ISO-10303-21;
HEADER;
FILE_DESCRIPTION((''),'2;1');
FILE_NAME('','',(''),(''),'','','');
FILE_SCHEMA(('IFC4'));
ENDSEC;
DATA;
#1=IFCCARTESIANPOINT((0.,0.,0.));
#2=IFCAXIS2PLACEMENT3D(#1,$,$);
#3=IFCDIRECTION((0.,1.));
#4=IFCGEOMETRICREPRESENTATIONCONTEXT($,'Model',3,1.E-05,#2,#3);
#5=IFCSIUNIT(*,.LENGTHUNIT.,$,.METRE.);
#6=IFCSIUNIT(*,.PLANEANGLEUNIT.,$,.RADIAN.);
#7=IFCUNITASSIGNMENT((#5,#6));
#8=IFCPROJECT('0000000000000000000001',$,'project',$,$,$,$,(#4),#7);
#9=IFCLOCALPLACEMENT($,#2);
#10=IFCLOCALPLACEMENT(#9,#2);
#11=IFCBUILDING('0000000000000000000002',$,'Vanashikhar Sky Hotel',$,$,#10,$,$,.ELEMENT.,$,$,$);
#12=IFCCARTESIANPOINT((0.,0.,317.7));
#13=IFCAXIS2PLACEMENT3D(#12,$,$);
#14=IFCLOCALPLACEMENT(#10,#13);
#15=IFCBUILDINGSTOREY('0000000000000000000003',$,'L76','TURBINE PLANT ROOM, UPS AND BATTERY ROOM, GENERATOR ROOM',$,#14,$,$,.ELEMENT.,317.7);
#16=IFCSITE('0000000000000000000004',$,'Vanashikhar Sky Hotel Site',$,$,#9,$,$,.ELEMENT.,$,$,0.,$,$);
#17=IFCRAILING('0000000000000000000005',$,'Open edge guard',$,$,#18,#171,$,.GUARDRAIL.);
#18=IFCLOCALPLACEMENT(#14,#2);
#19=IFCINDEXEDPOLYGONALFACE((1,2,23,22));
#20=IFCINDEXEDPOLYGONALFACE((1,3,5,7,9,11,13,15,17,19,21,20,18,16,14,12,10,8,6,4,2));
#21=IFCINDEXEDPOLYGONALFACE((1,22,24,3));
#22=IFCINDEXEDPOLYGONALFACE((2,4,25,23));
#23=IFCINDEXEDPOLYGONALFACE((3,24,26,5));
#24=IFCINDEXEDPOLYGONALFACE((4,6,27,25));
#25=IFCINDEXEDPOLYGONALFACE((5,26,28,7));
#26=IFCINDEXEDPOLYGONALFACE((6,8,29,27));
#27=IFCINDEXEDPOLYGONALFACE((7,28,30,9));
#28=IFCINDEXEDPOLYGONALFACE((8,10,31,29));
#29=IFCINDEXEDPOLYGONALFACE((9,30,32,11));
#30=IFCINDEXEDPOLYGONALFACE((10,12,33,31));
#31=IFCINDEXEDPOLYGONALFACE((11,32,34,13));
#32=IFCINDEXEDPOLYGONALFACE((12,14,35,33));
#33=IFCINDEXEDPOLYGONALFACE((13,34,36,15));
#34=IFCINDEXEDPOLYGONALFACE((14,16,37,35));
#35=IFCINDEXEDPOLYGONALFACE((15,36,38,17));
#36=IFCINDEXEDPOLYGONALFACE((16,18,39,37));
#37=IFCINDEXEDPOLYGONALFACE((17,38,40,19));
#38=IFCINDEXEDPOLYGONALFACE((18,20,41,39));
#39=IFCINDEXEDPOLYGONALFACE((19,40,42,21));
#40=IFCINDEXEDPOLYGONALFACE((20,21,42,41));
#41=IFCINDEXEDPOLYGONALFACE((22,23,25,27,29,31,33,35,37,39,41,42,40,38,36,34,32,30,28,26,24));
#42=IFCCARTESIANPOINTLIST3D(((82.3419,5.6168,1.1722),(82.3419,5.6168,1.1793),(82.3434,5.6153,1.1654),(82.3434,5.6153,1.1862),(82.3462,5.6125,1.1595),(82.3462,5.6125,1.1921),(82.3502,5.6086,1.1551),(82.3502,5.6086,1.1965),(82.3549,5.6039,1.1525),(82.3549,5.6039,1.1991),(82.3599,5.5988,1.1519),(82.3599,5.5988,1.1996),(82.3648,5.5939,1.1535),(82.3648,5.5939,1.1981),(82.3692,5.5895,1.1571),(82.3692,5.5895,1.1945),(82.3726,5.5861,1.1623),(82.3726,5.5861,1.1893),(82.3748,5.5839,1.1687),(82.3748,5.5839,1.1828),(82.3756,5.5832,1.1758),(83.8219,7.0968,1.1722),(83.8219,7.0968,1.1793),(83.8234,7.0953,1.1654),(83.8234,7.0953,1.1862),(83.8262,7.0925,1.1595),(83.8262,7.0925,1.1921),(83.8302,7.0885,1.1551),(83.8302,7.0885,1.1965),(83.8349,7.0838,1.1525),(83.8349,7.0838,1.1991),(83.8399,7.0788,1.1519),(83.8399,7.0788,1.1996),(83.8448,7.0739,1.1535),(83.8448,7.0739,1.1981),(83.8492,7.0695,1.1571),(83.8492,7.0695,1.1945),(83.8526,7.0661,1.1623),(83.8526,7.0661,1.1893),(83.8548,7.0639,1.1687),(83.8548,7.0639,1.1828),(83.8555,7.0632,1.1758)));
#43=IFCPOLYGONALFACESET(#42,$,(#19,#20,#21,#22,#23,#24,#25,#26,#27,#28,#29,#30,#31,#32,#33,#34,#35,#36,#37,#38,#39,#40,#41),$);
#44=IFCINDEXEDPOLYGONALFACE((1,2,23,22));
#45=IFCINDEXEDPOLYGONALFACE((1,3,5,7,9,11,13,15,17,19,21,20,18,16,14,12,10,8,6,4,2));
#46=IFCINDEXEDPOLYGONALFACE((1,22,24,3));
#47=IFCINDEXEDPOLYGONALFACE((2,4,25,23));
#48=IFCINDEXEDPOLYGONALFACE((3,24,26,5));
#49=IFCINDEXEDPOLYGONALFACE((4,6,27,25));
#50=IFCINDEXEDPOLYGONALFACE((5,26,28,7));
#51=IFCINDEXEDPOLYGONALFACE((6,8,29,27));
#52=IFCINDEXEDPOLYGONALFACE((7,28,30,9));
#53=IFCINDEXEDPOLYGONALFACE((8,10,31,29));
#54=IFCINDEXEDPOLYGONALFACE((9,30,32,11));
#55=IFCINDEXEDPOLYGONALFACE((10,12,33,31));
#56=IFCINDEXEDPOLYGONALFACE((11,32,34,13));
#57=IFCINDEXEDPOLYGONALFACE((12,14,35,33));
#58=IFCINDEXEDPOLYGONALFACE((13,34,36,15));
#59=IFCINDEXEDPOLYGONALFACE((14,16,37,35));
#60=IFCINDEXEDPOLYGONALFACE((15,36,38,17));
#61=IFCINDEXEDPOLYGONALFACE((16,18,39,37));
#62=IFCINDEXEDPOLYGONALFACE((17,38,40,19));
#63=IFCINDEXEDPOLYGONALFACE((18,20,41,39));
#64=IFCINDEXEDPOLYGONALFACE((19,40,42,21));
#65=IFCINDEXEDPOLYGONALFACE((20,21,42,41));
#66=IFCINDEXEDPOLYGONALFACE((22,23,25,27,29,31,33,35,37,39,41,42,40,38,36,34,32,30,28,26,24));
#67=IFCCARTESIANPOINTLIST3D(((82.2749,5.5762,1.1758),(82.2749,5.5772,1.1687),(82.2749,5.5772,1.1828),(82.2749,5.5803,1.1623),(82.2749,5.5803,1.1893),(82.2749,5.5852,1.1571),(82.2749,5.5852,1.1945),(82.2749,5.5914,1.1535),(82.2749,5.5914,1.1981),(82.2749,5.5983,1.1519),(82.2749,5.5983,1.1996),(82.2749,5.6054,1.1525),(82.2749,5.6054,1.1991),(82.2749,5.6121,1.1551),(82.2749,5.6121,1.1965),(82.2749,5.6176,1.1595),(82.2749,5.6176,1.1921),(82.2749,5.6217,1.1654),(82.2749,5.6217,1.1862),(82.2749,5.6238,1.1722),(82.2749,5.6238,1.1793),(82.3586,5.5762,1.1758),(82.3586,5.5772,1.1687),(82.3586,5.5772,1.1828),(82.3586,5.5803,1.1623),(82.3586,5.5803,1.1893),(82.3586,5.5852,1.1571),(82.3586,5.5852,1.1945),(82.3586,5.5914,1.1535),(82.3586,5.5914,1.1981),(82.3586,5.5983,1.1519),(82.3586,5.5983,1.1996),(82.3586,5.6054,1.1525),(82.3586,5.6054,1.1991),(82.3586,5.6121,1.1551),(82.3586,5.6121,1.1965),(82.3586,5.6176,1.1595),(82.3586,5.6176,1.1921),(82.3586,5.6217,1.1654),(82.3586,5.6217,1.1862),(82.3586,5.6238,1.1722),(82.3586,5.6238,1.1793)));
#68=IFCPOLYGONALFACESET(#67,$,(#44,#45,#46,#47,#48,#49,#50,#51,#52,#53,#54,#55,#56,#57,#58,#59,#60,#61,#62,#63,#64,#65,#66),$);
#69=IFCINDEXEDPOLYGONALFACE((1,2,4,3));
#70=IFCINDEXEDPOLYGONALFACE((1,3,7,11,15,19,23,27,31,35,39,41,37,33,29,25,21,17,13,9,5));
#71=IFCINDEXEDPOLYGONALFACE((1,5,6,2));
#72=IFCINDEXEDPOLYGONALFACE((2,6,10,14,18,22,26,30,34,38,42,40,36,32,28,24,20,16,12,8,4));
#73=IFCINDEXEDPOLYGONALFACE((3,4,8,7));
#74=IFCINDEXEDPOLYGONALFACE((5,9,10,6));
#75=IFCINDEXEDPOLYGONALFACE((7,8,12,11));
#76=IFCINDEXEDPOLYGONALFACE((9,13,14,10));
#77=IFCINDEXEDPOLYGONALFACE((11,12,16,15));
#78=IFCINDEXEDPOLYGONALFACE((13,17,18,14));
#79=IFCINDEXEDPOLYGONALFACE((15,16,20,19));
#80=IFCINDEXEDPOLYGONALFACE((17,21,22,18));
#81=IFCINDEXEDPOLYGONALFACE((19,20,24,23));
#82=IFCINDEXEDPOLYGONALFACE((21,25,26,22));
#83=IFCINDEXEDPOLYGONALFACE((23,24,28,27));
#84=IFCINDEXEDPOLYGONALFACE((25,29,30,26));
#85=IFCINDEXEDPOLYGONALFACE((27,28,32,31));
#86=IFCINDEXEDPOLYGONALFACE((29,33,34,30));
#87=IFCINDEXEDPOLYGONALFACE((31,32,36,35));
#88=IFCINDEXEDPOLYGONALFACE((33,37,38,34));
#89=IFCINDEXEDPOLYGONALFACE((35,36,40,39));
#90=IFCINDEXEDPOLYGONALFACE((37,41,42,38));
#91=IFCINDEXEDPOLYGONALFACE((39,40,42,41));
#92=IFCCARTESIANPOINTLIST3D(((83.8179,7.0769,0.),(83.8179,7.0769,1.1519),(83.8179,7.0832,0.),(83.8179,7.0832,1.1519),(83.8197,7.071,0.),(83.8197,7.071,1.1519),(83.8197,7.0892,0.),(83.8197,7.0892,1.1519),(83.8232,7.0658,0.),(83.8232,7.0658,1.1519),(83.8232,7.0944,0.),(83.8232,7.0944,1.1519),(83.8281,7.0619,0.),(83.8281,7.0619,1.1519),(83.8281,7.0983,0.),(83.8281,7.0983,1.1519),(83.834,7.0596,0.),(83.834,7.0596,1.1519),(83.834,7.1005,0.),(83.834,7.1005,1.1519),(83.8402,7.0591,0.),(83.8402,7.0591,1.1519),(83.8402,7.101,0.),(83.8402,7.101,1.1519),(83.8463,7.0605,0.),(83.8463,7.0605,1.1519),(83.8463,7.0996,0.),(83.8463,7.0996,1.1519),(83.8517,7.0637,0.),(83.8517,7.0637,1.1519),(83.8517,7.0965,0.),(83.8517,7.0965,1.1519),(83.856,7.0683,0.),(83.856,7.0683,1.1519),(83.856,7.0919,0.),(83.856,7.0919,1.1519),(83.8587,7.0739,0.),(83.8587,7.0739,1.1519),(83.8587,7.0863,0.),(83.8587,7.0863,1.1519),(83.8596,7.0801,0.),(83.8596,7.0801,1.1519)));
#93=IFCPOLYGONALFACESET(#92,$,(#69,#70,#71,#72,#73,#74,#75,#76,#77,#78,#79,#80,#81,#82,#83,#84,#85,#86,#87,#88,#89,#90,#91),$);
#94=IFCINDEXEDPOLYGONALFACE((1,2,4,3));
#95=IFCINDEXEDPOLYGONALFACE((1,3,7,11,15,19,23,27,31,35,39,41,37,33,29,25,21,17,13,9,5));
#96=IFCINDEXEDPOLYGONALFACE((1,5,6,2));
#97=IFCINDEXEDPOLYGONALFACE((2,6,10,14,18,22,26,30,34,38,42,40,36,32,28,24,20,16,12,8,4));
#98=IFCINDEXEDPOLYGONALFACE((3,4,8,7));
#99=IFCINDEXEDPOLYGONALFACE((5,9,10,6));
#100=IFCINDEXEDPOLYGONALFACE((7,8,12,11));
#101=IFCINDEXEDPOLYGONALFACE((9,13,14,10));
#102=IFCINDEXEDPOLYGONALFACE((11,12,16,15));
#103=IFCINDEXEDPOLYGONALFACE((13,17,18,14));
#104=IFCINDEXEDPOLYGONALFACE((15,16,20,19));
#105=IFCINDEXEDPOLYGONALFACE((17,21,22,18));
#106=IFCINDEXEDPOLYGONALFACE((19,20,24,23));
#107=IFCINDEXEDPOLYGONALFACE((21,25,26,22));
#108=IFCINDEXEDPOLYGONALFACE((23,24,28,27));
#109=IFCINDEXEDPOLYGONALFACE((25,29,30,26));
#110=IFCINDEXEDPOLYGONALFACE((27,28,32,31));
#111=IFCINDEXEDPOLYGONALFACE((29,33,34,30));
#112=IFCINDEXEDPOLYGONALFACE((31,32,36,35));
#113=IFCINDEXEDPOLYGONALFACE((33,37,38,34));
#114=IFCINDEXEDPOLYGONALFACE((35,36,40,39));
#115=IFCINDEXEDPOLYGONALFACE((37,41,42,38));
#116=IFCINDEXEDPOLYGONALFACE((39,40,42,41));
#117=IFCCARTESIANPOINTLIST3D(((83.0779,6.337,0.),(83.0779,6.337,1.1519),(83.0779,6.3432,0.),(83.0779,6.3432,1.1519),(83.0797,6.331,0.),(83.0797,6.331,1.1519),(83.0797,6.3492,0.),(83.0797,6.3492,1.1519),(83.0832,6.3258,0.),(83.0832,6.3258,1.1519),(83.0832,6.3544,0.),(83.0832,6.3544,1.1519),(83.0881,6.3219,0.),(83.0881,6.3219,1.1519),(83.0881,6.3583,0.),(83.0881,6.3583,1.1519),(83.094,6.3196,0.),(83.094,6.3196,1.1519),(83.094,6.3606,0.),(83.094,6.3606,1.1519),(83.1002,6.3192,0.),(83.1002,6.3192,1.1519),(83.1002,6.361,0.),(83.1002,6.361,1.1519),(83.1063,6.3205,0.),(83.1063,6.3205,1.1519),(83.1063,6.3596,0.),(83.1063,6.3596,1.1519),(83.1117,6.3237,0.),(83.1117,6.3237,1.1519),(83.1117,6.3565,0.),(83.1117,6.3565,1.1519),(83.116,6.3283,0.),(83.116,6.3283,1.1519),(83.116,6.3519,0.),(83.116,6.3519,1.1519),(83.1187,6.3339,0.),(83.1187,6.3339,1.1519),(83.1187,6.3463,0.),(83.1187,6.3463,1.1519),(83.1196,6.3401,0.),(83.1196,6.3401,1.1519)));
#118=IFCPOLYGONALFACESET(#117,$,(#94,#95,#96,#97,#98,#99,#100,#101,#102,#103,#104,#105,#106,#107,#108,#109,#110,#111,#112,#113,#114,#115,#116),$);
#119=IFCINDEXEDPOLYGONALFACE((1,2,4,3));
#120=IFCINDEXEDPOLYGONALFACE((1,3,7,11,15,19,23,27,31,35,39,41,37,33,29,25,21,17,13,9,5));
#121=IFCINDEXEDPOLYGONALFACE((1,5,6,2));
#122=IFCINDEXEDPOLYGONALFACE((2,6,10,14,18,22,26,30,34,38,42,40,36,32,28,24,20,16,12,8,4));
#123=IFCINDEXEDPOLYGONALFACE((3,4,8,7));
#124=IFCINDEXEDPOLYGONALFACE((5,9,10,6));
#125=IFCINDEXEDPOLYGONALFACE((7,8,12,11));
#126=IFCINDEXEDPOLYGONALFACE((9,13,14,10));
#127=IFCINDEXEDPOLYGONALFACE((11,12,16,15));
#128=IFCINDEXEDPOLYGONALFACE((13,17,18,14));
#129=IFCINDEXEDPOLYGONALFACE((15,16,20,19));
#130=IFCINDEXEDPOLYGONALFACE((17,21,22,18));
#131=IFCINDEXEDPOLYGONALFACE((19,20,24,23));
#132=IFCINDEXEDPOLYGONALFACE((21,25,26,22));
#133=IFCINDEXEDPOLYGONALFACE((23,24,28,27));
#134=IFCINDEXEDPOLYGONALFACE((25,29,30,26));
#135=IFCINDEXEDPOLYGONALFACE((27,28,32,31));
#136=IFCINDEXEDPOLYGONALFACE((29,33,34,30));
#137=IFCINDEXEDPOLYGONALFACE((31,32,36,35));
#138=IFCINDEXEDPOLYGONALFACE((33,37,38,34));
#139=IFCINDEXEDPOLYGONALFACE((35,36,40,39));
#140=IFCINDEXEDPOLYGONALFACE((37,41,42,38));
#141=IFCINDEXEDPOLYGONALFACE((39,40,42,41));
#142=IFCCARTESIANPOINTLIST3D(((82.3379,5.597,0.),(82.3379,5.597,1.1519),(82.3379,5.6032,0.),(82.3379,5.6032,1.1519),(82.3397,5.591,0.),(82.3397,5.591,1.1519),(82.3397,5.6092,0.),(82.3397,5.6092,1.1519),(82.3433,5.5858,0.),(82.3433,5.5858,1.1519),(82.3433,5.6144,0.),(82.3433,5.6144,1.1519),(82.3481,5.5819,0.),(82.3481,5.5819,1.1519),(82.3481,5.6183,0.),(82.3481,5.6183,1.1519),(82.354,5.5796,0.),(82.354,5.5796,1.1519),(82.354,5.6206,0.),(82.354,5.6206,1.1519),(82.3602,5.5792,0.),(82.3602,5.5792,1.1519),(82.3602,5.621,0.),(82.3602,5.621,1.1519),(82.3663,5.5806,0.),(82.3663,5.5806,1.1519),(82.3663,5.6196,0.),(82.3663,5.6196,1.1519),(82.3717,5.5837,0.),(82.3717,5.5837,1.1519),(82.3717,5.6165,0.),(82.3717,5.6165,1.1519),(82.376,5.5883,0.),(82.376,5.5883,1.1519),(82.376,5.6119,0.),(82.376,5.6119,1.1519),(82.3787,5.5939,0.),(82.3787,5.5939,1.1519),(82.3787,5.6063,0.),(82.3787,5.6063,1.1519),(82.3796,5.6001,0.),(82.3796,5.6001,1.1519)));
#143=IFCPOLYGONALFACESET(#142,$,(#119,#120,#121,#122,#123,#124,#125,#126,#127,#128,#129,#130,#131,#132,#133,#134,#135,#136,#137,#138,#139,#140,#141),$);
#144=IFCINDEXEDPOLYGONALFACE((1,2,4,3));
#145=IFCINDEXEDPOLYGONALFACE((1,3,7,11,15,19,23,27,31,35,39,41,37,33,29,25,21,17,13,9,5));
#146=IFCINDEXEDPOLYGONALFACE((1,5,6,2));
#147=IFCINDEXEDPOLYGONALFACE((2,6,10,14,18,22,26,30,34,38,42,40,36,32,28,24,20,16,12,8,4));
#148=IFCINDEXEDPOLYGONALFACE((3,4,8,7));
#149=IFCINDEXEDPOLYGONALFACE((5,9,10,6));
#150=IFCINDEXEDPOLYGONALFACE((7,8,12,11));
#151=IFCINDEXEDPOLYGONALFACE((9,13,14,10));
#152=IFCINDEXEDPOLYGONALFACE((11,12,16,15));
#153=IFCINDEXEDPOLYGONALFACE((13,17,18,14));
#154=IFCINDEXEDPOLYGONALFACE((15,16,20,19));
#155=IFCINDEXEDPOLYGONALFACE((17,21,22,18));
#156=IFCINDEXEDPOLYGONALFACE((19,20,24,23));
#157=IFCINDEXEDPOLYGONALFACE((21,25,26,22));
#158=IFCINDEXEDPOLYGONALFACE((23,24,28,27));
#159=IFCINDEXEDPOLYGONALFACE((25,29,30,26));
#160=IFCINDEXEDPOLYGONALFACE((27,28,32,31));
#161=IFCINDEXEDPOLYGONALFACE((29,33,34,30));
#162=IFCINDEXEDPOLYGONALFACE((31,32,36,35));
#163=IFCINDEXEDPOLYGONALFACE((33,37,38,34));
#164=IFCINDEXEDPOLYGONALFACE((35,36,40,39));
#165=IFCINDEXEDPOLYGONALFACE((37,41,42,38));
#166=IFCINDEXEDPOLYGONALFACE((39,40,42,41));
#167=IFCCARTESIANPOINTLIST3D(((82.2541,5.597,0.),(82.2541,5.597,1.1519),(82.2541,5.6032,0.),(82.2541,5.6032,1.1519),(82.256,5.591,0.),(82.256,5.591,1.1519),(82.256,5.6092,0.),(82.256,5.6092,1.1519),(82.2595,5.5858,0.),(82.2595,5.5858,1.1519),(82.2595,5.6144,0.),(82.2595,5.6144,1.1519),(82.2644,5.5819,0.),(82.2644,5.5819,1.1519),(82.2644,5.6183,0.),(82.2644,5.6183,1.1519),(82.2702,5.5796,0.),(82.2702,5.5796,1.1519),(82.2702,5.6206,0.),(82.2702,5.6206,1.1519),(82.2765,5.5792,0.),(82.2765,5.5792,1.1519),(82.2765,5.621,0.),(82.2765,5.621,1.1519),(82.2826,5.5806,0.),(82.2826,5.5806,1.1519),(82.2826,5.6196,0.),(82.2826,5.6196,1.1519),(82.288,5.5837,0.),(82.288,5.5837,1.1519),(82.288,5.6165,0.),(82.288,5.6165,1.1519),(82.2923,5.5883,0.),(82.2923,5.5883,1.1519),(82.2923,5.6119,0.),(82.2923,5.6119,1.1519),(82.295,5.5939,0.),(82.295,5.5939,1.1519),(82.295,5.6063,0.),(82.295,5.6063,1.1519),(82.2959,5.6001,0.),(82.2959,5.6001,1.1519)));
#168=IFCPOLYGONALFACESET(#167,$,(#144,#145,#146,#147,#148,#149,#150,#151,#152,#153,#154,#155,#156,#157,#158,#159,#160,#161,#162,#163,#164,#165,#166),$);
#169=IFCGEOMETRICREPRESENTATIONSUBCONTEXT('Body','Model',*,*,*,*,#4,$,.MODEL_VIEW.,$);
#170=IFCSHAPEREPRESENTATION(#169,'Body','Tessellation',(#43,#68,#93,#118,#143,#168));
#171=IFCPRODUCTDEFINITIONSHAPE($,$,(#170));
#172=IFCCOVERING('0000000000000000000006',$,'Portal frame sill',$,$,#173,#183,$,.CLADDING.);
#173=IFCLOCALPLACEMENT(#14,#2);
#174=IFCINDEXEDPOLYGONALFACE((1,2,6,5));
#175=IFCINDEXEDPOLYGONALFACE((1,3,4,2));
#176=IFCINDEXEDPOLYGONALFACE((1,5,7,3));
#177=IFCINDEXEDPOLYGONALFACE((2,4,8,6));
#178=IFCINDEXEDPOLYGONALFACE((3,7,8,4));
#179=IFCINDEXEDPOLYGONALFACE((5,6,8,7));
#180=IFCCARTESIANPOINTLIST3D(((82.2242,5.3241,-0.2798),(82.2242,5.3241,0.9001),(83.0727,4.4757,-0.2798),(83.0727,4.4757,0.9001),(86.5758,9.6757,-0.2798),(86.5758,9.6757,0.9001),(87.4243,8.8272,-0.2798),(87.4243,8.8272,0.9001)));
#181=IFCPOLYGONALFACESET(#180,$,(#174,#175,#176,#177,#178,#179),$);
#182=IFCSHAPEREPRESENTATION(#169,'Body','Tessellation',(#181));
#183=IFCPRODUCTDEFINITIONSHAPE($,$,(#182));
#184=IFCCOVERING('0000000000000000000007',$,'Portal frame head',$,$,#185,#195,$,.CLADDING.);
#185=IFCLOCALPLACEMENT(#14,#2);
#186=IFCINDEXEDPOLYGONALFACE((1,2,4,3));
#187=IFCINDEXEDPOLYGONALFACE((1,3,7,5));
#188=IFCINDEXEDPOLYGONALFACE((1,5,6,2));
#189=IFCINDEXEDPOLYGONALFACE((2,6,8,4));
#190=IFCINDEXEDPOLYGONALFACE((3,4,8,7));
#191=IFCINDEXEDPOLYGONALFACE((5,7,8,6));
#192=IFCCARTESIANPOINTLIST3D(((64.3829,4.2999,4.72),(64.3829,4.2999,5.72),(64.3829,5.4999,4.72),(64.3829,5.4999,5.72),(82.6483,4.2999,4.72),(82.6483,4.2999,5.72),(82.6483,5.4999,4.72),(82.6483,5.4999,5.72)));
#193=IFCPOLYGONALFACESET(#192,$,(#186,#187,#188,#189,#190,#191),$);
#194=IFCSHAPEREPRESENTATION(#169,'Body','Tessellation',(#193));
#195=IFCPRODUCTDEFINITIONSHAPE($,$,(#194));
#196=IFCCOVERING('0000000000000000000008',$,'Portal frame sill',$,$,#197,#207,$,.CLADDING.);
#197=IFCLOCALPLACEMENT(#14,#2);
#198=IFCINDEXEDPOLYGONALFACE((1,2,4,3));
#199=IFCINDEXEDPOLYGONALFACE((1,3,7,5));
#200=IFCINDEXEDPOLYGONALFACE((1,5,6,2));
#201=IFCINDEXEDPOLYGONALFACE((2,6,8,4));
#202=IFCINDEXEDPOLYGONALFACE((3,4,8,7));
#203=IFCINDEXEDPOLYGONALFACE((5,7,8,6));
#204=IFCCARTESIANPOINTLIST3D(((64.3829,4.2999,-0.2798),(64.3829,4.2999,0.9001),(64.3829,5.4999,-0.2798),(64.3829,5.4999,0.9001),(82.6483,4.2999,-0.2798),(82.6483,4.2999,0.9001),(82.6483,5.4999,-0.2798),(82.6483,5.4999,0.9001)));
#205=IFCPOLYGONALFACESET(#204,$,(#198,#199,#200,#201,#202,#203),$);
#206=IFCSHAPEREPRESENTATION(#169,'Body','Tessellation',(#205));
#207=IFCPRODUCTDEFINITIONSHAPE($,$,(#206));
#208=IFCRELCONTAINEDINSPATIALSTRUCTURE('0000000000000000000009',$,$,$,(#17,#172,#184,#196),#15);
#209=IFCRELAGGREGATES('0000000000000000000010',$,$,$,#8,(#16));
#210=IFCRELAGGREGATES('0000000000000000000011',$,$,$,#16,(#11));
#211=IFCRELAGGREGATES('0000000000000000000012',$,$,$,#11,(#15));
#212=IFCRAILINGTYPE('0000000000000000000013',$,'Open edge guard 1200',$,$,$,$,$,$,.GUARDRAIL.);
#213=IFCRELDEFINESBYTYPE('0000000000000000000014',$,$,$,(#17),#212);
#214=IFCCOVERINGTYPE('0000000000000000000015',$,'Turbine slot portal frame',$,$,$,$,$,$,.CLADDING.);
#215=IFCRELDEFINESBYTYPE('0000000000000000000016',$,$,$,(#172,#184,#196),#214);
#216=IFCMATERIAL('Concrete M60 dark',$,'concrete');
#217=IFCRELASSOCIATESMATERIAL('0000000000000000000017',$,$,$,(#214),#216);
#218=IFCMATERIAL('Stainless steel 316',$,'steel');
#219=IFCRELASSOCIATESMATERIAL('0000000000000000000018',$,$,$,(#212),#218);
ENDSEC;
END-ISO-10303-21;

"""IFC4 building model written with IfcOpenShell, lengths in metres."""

from ifc_helpers import new_model, si_unit, direction, frame, origin, origin_2d, place, context, subcontext, project, spatial, rectangle, circle, extrude, source, transform, mapped, material, type_object, element, save


model = new_model("IFC4")

# Units and contexts
model_context = context("Model", 3, precision=1e-05, world=origin(), true_north=direction((0.0, 1.0)))
body_context = subcontext(model_context, "Body", "Model", "MODEL_VIEW")
ifc_project = project(units=[si_unit("LENGTHUNIT", "METRE"), si_unit("PLANEANGLEUNIT", "RADIAN")], contexts=[model_context])

# Site, building, storey
site_placement = place(None, origin())
site = spatial("IfcSite", under=ifc_project, at=site_placement, Name="Vanashikhar Sky Hotel Site", CompositionType="ELEMENT", RefElevation=0.0)
building_placement = place(site_placement, origin())
building = spatial("IfcBuilding", under=site, at=building_placement, Name="Vanashikhar Sky Hotel", CompositionType="ELEMENT")
storey_placement = place(building_placement, frame((0.0, 0.0, 317.7)))
storey = spatial("IfcBuildingStorey", under=building, at=storey_placement, Name="L76", Description="TURBINE PLANT ROOM, UPS AND BATTERY ROOM, GENERATOR ROOM", CompositionType="ELEMENT", Elevation=317.7)

# Shared definitions
ifc_material_1 = material(Name="Concrete M60 dark", Category="concrete")
covering_type = type_object("IfcCoveringType", Name="Turbine slot portal frame", PredefinedType="CLADDING", material=ifc_material_1)

# Railing
ifc_material_2 = material(Name="Stainless steel 316", Category="steel")
railing_type = type_object("IfcRailingType", Name="Open edge guard 1200", PredefinedType="GUARDRAIL", material=ifc_material_2)
shared_shape_1 = source(origin(), body_context, "Body", "SweptSolid", [
    extrude(circle(Radius=0.0239, at=origin_2d()), frame((0.0, 0.0, 1.1758), z_axis=(-0.707107, -0.707107, 0.0), x_axis=(0.707107, -0.707107, 0.0)), (0.0, 0.0, 1.0), 2.093),
    extrude(circle(Radius=0.0239, at=origin_2d()), frame((-1.48, -1.48, 1.1758), z_axis=(-1.0, 0.0, 0.0), x_axis=(0.0, -1.0, 0.0)), (0.0, 0.0, 1.0), 0.0837),
    extrude(circle(Radius=0.021, at=origin_2d()), origin(), (0.0, 0.0, 1.0), 1.1519),
    extrude(circle(Radius=0.021, at=origin_2d()), frame((-0.74, -0.74, 0.0)), (0.0, 0.0, 1.0), 1.1519),
    extrude(circle(Radius=0.021, at=origin_2d()), frame((-1.48, -1.48, 0.0)), (0.0, 0.0, 1.0), 1.1519),
    extrude(circle(Radius=0.021, at=origin_2d()), frame((-1.5637, -1.48, 0.0)), (0.0, 0.0, 1.0), 1.1519),
])
railing_1_placement = place(storey_placement, frame((83.8386, 7.0801, 0.0)))
element("IfcRailing", 1, at=railing_1_placement, inside=storey, type_object=railing_type, Name="Open edge guard", PredefinedType="GUARDRAIL", context=body_context, shape_type="MappedRepresentation", body=[
    mapped(shared_shape_1, transform((0.0, 0.0, 0.0), scale=1.0)),
])

# Coverings
shared_shape_2 = source(origin(), body_context, "Body", "SweptSolid", [
    extrude(rectangle(XDim=6.1541, YDim=1.2, at=origin_2d()), origin(), (0.0, 0.0, 1.0), 1.1799),
])
covering_1_placement = place(storey_placement, frame((84.8242, 7.0757, -0.2798), z_axis=(0.0, 0.0, 1.0), x_axis=(0.707107, 0.707107, 0.0)))
element("IfcCovering", 2, at=covering_1_placement, inside=storey, type_object=covering_type, Name="Portal frame sill", PredefinedType="CLADDING", context=body_context, shape_type="MappedRepresentation", body=[
    mapped(shared_shape_2, transform((0.0, 0.0, 0.0), scale=1.0)),
])
shared_shape_3 = source(origin(), body_context, "Body", "SweptSolid", [
    extrude(rectangle(XDim=18.2654, YDim=1.2, at=origin_2d()), origin(), (0.0, 0.0, 1.0), 1.0),
])
covering_2_placement = place(storey_placement, frame((73.5156, 4.8999, 4.72), z_axis=(0.0, 0.0, 1.0), x_axis=(1.0, 0.0, 0.0)))
element("IfcCovering", 3, at=covering_2_placement, inside=storey, type_object=covering_type, Name="Portal frame head", PredefinedType="CLADDING", context=body_context, shape_type="MappedRepresentation", body=[
    mapped(shared_shape_3, transform((0.0, 0.0, 0.0), scale=1.0)),
])
shared_shape_4 = source(origin(), body_context, "Body", "SweptSolid", [
    extrude(rectangle(XDim=18.2654, YDim=1.2, at=origin_2d()), origin(), (0.0, 0.0, 1.0), 1.1799),
])
covering_3_placement = place(storey_placement, frame((73.5156, 4.8999, -0.2798), z_axis=(0.0, 0.0, 1.0), x_axis=(1.0, 0.0, 0.0)))
element("IfcCovering", 4, at=covering_3_placement, inside=storey, type_object=covering_type, Name="Portal frame sill", PredefinedType="CLADDING", context=body_context, shape_type="MappedRepresentation", body=[
    mapped(shared_shape_4, transform((0.0, 0.0, 0.0), scale=1.0)),
])

save(model, "model.ifc")
